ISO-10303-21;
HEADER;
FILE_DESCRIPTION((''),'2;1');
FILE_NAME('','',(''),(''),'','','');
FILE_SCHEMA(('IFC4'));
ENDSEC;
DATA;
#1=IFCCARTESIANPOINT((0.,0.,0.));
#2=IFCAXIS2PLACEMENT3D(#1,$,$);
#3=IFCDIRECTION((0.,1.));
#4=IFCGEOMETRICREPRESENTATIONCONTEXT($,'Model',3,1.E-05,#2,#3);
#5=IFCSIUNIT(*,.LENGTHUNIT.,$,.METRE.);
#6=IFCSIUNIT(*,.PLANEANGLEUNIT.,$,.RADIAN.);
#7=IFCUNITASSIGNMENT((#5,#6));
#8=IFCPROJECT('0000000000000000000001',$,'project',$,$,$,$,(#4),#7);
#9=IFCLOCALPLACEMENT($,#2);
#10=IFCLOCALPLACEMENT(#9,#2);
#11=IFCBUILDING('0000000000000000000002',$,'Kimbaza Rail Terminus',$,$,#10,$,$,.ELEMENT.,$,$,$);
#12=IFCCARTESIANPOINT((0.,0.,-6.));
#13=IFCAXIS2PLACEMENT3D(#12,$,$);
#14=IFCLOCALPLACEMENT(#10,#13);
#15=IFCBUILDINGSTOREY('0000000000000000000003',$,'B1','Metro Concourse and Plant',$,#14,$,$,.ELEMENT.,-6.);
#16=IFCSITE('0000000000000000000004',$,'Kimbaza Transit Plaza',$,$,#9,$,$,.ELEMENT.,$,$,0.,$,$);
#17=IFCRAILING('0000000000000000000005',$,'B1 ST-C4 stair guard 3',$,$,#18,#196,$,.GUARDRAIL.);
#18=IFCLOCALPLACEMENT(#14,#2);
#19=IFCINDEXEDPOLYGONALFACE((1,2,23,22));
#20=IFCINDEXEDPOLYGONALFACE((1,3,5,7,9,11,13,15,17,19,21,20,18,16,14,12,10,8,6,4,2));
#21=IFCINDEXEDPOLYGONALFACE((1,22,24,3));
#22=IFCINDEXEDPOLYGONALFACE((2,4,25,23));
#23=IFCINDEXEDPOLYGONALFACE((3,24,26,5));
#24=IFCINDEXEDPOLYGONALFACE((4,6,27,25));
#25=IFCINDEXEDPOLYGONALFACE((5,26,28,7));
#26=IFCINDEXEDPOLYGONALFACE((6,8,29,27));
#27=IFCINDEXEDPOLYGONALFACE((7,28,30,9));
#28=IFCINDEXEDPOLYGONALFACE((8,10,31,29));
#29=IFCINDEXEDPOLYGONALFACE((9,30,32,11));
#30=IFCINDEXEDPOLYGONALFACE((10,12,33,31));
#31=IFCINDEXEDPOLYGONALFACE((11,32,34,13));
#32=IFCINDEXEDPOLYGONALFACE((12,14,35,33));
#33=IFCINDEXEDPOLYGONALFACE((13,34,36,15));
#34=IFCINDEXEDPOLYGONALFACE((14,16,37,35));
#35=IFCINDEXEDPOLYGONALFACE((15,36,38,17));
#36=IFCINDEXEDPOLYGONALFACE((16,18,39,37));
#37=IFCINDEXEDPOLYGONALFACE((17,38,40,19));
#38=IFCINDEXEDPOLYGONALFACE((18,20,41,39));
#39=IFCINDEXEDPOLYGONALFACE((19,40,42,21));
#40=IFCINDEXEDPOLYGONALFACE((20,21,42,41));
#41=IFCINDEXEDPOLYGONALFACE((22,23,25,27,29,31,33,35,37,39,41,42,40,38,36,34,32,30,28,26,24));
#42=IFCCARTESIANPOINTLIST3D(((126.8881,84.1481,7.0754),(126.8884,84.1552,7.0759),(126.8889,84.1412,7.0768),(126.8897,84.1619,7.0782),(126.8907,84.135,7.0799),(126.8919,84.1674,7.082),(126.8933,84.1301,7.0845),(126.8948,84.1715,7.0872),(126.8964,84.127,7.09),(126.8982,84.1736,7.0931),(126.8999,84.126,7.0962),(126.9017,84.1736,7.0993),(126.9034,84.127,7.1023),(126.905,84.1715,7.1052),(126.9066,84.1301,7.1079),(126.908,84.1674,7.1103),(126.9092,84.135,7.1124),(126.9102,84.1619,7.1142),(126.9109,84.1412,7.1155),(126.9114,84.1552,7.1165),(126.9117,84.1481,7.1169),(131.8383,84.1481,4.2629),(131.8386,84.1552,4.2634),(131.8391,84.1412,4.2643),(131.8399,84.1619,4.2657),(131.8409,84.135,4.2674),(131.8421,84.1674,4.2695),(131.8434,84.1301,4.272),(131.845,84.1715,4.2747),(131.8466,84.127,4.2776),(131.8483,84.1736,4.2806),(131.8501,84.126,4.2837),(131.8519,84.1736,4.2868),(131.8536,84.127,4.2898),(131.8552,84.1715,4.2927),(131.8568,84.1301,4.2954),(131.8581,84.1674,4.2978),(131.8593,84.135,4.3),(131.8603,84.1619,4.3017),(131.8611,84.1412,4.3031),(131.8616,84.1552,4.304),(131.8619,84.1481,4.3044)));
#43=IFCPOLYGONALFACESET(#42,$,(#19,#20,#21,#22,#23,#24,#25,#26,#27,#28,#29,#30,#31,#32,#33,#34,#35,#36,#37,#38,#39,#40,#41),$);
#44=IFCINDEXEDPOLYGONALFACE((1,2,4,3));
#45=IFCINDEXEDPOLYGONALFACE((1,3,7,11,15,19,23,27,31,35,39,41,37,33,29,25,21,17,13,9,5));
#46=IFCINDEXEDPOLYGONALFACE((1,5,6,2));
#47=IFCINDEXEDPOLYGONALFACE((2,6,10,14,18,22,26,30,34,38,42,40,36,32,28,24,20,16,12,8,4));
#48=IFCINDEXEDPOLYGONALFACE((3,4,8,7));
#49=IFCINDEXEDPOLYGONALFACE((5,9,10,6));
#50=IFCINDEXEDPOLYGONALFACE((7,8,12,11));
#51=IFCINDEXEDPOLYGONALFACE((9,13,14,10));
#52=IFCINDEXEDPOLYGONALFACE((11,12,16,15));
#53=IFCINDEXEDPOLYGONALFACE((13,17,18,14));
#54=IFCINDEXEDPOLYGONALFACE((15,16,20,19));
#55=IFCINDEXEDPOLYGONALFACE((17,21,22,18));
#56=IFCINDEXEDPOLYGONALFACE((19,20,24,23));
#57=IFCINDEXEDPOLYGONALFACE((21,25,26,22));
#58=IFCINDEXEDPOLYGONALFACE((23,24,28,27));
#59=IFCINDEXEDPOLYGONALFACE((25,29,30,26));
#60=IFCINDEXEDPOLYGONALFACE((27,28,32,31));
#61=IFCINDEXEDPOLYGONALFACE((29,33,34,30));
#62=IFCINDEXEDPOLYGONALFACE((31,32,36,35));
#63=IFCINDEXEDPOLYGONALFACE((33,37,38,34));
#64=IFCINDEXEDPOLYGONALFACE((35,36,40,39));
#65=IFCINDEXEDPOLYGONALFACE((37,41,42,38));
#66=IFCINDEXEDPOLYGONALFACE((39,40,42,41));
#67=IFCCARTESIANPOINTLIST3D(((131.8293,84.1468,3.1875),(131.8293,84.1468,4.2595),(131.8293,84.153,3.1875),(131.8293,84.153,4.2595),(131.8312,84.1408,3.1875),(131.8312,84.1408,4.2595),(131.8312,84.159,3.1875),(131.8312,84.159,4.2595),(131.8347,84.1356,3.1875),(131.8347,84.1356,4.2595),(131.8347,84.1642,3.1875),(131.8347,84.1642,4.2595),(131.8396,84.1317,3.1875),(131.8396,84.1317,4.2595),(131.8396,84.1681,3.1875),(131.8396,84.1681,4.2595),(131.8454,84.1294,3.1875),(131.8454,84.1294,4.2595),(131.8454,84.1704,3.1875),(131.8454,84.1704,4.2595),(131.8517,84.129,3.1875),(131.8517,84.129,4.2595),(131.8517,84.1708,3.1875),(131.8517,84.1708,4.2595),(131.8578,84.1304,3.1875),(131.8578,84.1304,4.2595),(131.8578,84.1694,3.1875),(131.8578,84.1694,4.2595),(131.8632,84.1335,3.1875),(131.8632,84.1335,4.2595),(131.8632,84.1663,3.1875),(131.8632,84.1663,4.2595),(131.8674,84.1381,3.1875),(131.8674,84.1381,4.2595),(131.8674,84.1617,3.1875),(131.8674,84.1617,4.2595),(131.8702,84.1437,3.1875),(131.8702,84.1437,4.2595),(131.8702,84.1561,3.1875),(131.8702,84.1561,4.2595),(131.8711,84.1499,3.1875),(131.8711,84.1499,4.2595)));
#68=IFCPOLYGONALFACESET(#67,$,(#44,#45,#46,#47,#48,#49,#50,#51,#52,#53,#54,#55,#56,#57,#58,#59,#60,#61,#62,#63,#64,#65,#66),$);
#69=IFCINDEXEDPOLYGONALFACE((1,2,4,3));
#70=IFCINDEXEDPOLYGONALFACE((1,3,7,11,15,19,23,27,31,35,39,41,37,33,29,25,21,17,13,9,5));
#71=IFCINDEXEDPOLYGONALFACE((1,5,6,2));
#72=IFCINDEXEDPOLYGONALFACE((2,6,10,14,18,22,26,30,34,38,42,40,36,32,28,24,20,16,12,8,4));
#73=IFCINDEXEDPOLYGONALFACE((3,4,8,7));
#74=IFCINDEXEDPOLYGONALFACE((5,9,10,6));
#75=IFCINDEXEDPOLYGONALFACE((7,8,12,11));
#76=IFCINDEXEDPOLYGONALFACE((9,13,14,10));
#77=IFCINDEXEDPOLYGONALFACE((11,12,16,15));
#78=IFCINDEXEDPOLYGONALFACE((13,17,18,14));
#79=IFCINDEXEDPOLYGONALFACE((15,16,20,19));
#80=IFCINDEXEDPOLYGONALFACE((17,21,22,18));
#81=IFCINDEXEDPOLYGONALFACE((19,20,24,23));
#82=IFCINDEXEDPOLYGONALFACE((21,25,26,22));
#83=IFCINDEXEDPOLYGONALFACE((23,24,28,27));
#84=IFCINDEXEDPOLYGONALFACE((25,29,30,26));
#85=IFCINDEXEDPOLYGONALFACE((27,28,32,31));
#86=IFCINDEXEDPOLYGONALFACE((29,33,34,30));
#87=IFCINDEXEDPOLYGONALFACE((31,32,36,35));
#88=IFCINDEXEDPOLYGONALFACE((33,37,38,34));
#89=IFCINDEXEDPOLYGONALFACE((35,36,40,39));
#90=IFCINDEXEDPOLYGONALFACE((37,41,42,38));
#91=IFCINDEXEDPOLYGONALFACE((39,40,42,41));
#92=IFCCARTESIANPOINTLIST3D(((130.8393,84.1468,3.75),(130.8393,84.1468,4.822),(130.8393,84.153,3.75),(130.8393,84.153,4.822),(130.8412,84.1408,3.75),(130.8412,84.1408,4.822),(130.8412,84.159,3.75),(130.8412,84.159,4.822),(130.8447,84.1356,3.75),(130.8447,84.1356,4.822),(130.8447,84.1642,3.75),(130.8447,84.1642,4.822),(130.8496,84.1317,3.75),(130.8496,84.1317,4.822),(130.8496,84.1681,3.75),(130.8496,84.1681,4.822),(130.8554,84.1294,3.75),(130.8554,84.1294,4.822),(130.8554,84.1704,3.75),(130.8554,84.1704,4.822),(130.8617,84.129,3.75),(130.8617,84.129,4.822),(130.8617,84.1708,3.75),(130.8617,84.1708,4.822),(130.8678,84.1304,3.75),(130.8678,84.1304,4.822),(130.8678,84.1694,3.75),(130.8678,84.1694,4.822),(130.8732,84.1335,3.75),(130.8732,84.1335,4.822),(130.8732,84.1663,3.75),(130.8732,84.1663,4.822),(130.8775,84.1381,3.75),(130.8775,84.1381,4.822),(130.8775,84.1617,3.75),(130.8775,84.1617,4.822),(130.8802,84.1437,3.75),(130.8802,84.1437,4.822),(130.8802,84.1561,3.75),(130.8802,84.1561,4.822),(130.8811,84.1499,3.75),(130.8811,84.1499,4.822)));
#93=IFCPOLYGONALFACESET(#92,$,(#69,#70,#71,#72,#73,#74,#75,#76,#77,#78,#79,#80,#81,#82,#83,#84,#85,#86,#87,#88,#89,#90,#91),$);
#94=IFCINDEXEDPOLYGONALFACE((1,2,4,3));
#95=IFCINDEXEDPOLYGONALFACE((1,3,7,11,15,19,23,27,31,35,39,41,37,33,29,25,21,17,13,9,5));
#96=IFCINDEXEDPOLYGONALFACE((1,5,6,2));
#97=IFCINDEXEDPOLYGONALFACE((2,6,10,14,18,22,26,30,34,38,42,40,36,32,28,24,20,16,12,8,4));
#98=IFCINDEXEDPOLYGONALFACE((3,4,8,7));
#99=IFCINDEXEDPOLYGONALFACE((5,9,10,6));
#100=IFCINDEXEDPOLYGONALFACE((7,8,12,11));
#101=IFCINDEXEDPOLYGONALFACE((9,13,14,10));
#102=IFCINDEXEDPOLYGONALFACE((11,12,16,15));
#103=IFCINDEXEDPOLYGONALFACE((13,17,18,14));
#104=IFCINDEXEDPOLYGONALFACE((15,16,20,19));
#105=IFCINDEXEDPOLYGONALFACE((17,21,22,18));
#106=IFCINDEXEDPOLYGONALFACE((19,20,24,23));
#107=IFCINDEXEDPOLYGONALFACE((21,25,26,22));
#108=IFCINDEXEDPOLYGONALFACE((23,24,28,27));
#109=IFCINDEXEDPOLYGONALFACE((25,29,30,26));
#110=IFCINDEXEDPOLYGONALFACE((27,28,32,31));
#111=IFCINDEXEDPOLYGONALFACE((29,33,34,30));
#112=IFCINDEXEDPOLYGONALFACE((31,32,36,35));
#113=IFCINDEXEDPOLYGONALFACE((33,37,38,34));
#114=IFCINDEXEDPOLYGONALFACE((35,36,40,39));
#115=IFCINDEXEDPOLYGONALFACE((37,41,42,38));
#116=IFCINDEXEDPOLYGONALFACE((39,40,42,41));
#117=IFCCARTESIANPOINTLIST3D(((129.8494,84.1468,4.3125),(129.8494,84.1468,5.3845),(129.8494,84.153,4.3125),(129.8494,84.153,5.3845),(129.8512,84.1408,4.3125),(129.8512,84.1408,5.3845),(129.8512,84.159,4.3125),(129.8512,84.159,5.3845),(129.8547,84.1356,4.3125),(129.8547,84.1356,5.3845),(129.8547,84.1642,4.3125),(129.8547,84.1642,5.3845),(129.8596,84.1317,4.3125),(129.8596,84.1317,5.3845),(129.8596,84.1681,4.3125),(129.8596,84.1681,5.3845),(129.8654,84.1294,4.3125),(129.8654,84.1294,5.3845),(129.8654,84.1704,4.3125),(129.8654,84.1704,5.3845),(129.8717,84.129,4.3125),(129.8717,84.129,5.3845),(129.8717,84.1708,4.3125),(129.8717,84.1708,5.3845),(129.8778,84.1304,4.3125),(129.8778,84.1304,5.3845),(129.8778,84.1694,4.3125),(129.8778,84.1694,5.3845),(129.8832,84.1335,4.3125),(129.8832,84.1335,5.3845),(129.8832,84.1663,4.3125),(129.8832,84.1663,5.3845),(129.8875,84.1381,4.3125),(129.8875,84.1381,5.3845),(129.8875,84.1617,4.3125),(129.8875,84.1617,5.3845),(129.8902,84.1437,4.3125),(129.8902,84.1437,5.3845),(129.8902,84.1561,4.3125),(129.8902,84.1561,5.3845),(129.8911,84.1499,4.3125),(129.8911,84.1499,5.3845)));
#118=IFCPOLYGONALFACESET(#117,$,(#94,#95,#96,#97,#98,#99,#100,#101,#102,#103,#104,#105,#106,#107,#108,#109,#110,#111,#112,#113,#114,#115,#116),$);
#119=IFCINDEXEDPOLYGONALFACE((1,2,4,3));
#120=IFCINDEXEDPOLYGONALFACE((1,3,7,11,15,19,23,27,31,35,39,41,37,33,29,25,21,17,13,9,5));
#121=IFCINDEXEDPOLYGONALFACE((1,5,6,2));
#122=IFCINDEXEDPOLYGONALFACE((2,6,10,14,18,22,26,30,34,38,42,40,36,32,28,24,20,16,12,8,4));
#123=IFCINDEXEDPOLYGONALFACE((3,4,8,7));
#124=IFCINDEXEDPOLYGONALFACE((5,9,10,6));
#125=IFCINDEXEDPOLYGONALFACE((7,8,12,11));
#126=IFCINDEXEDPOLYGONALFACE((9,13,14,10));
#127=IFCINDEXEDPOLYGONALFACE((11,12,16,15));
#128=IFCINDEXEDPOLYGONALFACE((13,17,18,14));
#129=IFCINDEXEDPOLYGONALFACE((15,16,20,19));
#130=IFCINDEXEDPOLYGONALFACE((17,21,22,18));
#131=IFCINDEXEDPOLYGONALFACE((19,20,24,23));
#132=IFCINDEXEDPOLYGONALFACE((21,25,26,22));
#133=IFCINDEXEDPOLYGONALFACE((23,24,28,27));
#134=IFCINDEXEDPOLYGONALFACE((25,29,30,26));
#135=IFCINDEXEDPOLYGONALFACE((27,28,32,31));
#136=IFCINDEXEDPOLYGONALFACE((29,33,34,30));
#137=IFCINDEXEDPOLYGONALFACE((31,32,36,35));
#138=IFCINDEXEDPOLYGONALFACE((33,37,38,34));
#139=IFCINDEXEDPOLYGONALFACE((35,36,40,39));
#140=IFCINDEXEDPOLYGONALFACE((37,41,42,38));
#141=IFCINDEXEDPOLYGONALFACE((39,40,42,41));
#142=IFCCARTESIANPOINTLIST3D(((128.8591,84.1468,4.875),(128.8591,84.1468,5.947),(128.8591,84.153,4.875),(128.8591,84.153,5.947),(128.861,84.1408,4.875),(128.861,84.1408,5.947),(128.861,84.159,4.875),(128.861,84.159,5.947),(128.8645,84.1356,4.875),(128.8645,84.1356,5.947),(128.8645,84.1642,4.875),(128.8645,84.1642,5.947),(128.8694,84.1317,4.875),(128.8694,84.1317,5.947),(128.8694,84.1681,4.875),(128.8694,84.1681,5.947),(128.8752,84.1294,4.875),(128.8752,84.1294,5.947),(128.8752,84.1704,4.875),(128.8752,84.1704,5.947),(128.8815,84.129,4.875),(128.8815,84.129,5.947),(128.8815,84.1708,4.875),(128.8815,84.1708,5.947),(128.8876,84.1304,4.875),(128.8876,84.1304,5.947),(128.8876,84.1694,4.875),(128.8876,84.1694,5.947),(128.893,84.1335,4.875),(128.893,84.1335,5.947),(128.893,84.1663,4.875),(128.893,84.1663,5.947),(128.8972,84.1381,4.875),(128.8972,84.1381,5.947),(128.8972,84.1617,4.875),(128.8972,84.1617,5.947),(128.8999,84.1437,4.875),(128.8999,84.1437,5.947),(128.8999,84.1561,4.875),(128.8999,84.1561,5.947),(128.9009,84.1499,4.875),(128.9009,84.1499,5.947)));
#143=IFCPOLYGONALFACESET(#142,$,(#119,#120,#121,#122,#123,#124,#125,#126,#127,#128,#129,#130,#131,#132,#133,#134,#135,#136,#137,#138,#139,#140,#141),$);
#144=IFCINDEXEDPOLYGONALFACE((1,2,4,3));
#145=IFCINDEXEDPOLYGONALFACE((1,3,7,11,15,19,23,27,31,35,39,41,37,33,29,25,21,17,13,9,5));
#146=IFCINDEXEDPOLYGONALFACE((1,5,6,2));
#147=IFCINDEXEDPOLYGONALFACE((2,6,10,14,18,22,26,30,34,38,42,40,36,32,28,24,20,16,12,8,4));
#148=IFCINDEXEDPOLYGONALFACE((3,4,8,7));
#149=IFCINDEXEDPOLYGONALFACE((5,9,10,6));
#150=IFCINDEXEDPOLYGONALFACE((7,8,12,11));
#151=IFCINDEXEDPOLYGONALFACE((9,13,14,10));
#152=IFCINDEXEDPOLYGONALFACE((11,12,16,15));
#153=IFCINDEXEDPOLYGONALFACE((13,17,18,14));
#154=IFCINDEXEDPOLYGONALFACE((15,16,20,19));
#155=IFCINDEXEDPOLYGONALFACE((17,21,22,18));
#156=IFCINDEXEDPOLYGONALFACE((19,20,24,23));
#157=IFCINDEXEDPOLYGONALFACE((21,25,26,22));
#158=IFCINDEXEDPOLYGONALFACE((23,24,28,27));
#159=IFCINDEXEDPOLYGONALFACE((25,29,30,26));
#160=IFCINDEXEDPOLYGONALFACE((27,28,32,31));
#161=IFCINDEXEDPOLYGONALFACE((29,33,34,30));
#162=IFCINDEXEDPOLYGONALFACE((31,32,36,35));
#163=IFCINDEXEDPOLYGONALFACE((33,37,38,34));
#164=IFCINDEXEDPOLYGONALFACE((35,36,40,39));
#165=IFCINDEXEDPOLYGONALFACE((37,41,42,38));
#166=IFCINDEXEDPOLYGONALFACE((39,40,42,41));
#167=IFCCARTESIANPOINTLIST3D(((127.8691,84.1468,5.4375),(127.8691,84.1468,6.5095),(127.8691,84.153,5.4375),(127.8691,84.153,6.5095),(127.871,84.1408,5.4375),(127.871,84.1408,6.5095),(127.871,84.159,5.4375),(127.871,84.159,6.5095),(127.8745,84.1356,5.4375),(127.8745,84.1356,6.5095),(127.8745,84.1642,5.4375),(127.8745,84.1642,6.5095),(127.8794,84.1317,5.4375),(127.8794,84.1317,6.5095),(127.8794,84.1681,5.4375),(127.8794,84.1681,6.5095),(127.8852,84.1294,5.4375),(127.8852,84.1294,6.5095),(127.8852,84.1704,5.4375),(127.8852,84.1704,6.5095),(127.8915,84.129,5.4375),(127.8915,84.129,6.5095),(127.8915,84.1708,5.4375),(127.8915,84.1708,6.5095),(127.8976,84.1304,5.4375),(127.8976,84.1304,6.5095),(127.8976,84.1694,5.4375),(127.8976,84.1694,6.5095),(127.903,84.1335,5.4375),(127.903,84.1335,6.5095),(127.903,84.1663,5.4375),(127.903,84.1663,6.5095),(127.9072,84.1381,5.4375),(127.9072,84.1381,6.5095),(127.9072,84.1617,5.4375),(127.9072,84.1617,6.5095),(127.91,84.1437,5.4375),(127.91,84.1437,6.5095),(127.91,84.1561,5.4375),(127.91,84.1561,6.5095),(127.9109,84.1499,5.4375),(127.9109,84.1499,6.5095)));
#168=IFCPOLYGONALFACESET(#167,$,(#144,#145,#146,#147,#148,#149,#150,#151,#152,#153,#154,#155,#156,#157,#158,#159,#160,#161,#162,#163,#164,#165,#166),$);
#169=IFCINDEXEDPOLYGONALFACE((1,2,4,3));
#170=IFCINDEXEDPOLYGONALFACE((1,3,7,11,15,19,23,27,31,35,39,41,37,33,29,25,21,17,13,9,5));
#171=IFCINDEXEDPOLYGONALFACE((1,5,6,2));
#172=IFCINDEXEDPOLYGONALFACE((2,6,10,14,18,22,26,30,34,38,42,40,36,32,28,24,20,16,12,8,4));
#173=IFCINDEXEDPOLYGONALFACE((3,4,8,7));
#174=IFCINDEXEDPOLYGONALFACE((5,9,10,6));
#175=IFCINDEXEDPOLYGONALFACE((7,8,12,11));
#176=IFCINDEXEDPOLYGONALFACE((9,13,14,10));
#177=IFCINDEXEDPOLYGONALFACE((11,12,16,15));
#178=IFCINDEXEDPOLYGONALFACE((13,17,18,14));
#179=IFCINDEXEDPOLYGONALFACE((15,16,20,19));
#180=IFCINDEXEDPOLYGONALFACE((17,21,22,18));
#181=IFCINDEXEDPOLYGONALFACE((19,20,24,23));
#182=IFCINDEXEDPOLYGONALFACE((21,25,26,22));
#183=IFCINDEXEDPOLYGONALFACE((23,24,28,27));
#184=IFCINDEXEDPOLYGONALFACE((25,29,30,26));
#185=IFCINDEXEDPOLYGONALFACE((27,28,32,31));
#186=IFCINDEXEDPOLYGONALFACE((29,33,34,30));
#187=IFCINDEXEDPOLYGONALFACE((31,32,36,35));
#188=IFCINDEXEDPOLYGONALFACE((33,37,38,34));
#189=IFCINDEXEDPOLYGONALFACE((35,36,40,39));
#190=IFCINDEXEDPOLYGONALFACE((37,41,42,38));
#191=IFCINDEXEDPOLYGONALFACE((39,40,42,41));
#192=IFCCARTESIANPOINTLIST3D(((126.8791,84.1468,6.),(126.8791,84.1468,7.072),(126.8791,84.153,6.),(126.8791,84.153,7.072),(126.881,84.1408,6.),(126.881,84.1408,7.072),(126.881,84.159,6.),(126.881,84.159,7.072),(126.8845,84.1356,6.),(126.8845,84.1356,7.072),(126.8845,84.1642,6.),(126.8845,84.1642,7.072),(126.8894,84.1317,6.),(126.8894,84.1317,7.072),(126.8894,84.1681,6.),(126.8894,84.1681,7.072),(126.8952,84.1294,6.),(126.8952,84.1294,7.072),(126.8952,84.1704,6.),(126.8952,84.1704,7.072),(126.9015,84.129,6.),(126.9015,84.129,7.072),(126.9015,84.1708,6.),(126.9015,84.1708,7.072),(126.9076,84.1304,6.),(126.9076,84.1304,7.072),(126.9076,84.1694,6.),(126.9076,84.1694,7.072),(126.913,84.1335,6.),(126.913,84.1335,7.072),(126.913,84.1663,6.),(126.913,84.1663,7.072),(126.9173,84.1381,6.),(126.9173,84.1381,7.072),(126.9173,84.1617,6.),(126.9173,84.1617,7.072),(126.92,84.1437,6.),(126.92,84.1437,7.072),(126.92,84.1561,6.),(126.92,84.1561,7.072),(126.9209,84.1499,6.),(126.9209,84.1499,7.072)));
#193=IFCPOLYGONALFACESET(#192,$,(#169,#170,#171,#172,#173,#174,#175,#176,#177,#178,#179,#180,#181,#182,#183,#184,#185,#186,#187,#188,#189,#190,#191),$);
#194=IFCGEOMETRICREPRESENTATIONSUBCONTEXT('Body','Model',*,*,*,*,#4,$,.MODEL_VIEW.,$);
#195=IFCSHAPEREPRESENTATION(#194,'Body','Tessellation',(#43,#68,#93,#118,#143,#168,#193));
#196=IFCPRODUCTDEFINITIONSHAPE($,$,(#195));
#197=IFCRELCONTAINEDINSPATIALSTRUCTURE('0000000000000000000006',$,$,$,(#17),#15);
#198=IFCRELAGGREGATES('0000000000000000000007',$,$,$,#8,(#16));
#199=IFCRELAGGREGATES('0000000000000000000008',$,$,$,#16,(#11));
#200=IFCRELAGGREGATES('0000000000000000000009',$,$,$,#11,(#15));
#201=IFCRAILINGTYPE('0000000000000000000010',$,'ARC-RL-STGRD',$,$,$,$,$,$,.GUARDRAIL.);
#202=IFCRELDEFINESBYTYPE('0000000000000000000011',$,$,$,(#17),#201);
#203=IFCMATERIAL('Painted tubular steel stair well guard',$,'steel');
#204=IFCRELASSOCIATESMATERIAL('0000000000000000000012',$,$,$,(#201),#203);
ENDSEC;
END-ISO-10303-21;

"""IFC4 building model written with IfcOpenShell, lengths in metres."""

from ifc_helpers import new_model, si_unit, direction, frame, origin, origin_2d, place, context, subcontext, project, spatial, circle, extrude, material, type_object, element, save


model = new_model("IFC4")

# Units and contexts
model_context = context("Model", 3, precision=1e-05, world=origin(), true_north=direction((0.0, 1.0)))
body_context = subcontext(model_context, "Body", "Model", "MODEL_VIEW")
ifc_project = project(units=[si_unit("LENGTHUNIT", "METRE"), si_unit("PLANEANGLEUNIT", "RADIAN")], contexts=[model_context])

# Site, building, storey
site_placement = place(None, origin())
site = spatial("IfcSite", under=ifc_project, at=site_placement, Name="Kimbaza Transit Plaza", CompositionType="ELEMENT", RefElevation=0.0)
building_placement = place(site_placement, origin())
building = spatial("IfcBuilding", under=site, at=building_placement, Name="Kimbaza Rail Terminus", CompositionType="ELEMENT")
storey_placement = place(building_placement, frame((0.0, 0.0, -6.0)))
storey = spatial("IfcBuildingStorey", under=building, at=storey_placement, Name="B1", Description="Metro Concourse and Plant", CompositionType="ELEMENT", Elevation=-6.0)

# Railing
ifc_material_1 = material(Name="Painted tubular steel stair well guard", Category="steel")
railing_type_1 = type_object("IfcRailingType", Name="ARC-RL-STGRD", PredefinedType="GUARDRAIL", material=ifc_material_1)
railing_1_placement = place(storey_placement, frame((131.8501, 84.1499, 3.1875)))
element("IfcRailing", 1, at=railing_1_placement, inside=storey, type_object=railing_type_1, Name="B1 ST-C4 stair guard 3", PredefinedType="GUARDRAIL", context=body_context, shape_type="SweptSolid", body=[
    extrude(circle(Radius=0.0239, at=origin_2d()), frame((0.0, 0.0, 1.0962), z_axis=(-0.869465, 0.0, 0.493995), x_axis=(0.0, -1.0, 0.0)), (0.0, 0.0, 1.0), 5.6934),
    extrude(circle(Radius=0.021, at=origin_2d()), origin(), (0.0, 0.0, 1.0), 1.072),
    extrude(circle(Radius=0.021, at=origin_2d()), frame((-0.99, 0.0, 0.5625)), (0.0, 0.0, 1.0), 1.072),
    extrude(circle(Radius=0.021, at=origin_2d()), frame((-1.98, 0.0, 1.125)), (0.0, 0.0, 1.0), 1.072),
    extrude(circle(Radius=0.021, at=origin_2d()), frame((-2.9702, 0.0, 1.6875)), (0.0, 0.0, 1.0), 1.072),
    extrude(circle(Radius=0.021, at=origin_2d()), frame((-3.9602, 0.0, 2.25)), (0.0, 0.0, 1.0), 1.072),
    extrude(circle(Radius=0.021, at=origin_2d()), frame((-4.9502, 0.0, 2.8125)), (0.0, 0.0, 1.0), 1.072),
])

save(model, "model.ifc")
